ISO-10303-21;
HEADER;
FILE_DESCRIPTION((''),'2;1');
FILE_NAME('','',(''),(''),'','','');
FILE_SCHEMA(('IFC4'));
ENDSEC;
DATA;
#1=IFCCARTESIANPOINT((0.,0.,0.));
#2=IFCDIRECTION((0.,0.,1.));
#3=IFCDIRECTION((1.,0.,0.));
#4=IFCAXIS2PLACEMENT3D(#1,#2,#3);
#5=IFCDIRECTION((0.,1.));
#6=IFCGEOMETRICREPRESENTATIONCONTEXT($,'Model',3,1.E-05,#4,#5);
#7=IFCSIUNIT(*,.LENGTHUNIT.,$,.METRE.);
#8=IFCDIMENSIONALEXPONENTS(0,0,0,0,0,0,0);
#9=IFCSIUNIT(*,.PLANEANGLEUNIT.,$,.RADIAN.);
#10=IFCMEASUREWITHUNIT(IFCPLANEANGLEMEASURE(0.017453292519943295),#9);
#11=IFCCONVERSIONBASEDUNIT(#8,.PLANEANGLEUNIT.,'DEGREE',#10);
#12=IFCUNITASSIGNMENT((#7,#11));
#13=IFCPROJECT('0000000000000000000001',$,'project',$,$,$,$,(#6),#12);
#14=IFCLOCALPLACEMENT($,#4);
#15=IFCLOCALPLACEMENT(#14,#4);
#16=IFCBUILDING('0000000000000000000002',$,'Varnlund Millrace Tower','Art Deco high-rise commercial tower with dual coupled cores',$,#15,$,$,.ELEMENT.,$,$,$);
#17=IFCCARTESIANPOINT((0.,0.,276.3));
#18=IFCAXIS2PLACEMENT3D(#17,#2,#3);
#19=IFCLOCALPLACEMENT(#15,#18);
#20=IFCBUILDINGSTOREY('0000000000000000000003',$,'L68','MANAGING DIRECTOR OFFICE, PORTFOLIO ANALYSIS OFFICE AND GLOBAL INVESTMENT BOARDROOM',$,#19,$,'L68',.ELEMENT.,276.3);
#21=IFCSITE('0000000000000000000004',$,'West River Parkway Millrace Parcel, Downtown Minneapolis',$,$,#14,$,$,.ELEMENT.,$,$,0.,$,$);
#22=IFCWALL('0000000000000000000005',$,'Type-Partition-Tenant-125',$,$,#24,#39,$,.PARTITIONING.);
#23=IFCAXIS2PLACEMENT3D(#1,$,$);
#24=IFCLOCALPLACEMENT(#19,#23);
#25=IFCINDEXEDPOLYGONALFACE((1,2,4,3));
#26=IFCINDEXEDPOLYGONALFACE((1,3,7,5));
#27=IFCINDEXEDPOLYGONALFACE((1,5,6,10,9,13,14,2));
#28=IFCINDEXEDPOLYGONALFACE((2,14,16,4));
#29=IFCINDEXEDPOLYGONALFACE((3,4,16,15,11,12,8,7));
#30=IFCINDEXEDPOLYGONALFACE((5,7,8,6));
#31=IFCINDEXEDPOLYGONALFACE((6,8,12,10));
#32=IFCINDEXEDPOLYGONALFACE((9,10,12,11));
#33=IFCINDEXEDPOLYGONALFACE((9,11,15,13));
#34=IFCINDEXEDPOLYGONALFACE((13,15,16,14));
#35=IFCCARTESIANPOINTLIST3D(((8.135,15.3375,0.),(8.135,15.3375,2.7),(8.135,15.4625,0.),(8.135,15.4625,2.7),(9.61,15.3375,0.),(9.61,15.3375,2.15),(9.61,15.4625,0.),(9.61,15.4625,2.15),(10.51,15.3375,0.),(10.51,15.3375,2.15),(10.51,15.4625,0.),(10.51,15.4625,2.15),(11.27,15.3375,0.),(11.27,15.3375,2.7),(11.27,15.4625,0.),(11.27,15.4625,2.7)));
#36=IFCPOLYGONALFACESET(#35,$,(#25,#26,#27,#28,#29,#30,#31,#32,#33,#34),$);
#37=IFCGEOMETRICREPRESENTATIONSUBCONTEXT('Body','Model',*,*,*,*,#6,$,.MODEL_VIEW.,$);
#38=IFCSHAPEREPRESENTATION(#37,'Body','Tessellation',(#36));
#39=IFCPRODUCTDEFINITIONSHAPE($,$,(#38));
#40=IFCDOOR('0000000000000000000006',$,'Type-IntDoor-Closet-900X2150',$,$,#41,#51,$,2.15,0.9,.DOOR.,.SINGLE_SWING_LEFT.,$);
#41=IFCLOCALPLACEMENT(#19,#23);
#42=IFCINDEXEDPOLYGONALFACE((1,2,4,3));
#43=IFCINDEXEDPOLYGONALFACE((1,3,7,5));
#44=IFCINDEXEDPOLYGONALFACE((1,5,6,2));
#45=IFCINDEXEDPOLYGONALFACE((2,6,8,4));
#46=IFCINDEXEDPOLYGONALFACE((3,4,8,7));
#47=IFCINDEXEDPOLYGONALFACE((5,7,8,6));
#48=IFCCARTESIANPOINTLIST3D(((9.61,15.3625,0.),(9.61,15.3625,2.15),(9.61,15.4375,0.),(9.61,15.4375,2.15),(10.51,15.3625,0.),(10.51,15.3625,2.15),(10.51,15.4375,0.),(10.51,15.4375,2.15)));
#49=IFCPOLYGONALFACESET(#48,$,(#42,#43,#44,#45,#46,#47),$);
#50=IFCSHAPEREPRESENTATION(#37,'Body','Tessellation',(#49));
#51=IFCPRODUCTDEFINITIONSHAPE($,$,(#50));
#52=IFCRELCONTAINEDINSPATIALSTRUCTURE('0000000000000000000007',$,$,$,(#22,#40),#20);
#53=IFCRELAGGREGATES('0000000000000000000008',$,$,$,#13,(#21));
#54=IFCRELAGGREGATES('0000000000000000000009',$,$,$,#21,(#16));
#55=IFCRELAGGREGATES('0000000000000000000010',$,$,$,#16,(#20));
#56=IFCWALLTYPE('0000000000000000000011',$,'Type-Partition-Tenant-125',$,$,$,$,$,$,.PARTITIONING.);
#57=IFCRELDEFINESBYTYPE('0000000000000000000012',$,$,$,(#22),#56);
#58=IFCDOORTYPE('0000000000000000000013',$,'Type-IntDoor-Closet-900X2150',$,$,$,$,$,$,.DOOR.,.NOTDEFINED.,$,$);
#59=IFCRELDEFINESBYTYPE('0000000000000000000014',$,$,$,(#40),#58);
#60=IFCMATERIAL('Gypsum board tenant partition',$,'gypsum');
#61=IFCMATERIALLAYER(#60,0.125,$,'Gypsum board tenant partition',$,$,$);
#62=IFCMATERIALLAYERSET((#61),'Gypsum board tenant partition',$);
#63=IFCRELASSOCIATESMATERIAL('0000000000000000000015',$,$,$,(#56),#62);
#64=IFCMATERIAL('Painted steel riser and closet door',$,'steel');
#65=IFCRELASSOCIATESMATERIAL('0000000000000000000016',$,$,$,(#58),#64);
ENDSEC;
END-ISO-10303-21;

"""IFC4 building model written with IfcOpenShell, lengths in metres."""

from ifc_helpers import new_model, entity, si_unit, converted_unit, direction, frame, origin_with_axes, origin_2d_with_axis, place, context, subcontext, project, spatial, polyline, rectangle, outline, extrude, material, layer, layer_set, type_object, element, fill, save


model = new_model("IFC4")

# Units and contexts
model_context = context("Model", 3, precision=1e-05, world=origin_with_axes(), true_north=direction((0.0, 1.0)))
body_context = subcontext(model_context, "Body", "Model", "MODEL_VIEW")
ifc_project = project(units=[si_unit("LENGTHUNIT", "METRE"), converted_unit("PLANEANGLEUNIT", "DEGREE", entity("IfcPlaneAngleMeasure", 0.017453292519943295), si_unit("PLANEANGLEUNIT", "RADIAN"), dimensions=[0, 0, 0, 0, 0, 0, 0])], contexts=[model_context])

# Site, building, storey
site_placement = place(None, origin_with_axes())
site = spatial("IfcSite", under=ifc_project, at=site_placement, Name="West River Parkway Millrace Parcel, Downtown Minneapolis", CompositionType="ELEMENT", RefElevation=0.0)
building_placement = place(site_placement, origin_with_axes())
building = spatial("IfcBuilding", under=site, at=building_placement, Name="Varnlund Millrace Tower", Description="Art Deco high-rise commercial tower with dual coupled cores", CompositionType="ELEMENT")
storey_placement = place(building_placement, frame((0.0, 0.0, 276.3), z_axis=(0.0, 0.0, 1.0), x_axis=(1.0, 0.0, 0.0)))
storey = spatial("IfcBuildingStorey", under=building, at=storey_placement, Name="L68", Description="MANAGING DIRECTOR OFFICE, PORTFOLIO ANALYSIS OFFICE AND GLOBAL INVESTMENT BOARDROOM", LongName="L68", CompositionType="ELEMENT", Elevation=276.3)

# Wall, opening, door
ifc_material_1 = material(Name="Gypsum board tenant partition", Category="gypsum")
ifc_layer_1 = layer(ifc_material_1, 0.125, Name="Gypsum board tenant partition")
ifc_layer_set_1 = layer_set([ifc_layer_1], Name="Gypsum board tenant partition")
wall_type_1 = type_object("IfcWallType", Name="Type-Partition-Tenant-125", PredefinedType="PARTITIONING", material=ifc_layer_set_1)
wall_1_placement = place(storey_placement, frame((8.135, 15.4, 0.0), z_axis=(0.0, 0.0, 1.0), x_axis=(1.0, 0.0, 0.0)))
wall_1 = element("IfcWall", 1, at=wall_1_placement, inside=storey, type_object=wall_type_1, Name="Type-Partition-Tenant-125", PredefinedType="PARTITIONING", context=body_context, shape_type="SweptSolid", body=[
    extrude(outline(polyline([(0.0, -0.0625), (3.135, -0.0625), (3.135, 0.0625), (0.0, 0.0625), (0.0, -0.0625)])), origin_with_axes(), (0.0, 0.0, 1.0), 2.7),
])
opening_1_placement = place(wall_1_placement, frame((1.925, 0.0, 0.0), z_axis=(0.0, 0.0, 1.0), x_axis=(1.0, 0.0, 0.0)))
opening_1 = element("IfcOpeningElement", 2, at=opening_1_placement, cuts=wall_1, PredefinedType="OPENING", context=body_context, shape_type="SweptSolid", body=[
    extrude(rectangle(XDim=0.9, YDim=0.145, at=origin_2d_with_axis()), origin_with_axes(), (0.0, 0.0, 1.0), 2.15),
])
ifc_material_2 = material(Name="Painted steel riser and closet door", Category="steel")
door_type = type_object("IfcDoorType", Name="Type-IntDoor-Closet-900X2150", OperationType="NOTDEFINED", PredefinedType="DOOR", material=ifc_material_2)
door_placement = place(wall_1_placement, frame((1.925, 0.0, 0.0), z_axis=(0.0, 0.0, 1.0), x_axis=(1.0, 0.0, 0.0)))
door = element("IfcDoor", 3, at=door_placement, inside=storey, type_object=door_type, Name="Type-IntDoor-Closet-900X2150", OperationType="SINGLE_SWING_LEFT", OverallHeight=2.15, OverallWidth=0.9, PredefinedType="DOOR", context=body_context, shape_type="SweptSolid", body=[
    extrude(rectangle(XDim=0.9, YDim=0.075, at=origin_2d_with_axis()), origin_with_axes(), (0.0, 0.0, 1.0), 2.15),
])
fill(opening_1, door)

save(model, "model.ifc")
